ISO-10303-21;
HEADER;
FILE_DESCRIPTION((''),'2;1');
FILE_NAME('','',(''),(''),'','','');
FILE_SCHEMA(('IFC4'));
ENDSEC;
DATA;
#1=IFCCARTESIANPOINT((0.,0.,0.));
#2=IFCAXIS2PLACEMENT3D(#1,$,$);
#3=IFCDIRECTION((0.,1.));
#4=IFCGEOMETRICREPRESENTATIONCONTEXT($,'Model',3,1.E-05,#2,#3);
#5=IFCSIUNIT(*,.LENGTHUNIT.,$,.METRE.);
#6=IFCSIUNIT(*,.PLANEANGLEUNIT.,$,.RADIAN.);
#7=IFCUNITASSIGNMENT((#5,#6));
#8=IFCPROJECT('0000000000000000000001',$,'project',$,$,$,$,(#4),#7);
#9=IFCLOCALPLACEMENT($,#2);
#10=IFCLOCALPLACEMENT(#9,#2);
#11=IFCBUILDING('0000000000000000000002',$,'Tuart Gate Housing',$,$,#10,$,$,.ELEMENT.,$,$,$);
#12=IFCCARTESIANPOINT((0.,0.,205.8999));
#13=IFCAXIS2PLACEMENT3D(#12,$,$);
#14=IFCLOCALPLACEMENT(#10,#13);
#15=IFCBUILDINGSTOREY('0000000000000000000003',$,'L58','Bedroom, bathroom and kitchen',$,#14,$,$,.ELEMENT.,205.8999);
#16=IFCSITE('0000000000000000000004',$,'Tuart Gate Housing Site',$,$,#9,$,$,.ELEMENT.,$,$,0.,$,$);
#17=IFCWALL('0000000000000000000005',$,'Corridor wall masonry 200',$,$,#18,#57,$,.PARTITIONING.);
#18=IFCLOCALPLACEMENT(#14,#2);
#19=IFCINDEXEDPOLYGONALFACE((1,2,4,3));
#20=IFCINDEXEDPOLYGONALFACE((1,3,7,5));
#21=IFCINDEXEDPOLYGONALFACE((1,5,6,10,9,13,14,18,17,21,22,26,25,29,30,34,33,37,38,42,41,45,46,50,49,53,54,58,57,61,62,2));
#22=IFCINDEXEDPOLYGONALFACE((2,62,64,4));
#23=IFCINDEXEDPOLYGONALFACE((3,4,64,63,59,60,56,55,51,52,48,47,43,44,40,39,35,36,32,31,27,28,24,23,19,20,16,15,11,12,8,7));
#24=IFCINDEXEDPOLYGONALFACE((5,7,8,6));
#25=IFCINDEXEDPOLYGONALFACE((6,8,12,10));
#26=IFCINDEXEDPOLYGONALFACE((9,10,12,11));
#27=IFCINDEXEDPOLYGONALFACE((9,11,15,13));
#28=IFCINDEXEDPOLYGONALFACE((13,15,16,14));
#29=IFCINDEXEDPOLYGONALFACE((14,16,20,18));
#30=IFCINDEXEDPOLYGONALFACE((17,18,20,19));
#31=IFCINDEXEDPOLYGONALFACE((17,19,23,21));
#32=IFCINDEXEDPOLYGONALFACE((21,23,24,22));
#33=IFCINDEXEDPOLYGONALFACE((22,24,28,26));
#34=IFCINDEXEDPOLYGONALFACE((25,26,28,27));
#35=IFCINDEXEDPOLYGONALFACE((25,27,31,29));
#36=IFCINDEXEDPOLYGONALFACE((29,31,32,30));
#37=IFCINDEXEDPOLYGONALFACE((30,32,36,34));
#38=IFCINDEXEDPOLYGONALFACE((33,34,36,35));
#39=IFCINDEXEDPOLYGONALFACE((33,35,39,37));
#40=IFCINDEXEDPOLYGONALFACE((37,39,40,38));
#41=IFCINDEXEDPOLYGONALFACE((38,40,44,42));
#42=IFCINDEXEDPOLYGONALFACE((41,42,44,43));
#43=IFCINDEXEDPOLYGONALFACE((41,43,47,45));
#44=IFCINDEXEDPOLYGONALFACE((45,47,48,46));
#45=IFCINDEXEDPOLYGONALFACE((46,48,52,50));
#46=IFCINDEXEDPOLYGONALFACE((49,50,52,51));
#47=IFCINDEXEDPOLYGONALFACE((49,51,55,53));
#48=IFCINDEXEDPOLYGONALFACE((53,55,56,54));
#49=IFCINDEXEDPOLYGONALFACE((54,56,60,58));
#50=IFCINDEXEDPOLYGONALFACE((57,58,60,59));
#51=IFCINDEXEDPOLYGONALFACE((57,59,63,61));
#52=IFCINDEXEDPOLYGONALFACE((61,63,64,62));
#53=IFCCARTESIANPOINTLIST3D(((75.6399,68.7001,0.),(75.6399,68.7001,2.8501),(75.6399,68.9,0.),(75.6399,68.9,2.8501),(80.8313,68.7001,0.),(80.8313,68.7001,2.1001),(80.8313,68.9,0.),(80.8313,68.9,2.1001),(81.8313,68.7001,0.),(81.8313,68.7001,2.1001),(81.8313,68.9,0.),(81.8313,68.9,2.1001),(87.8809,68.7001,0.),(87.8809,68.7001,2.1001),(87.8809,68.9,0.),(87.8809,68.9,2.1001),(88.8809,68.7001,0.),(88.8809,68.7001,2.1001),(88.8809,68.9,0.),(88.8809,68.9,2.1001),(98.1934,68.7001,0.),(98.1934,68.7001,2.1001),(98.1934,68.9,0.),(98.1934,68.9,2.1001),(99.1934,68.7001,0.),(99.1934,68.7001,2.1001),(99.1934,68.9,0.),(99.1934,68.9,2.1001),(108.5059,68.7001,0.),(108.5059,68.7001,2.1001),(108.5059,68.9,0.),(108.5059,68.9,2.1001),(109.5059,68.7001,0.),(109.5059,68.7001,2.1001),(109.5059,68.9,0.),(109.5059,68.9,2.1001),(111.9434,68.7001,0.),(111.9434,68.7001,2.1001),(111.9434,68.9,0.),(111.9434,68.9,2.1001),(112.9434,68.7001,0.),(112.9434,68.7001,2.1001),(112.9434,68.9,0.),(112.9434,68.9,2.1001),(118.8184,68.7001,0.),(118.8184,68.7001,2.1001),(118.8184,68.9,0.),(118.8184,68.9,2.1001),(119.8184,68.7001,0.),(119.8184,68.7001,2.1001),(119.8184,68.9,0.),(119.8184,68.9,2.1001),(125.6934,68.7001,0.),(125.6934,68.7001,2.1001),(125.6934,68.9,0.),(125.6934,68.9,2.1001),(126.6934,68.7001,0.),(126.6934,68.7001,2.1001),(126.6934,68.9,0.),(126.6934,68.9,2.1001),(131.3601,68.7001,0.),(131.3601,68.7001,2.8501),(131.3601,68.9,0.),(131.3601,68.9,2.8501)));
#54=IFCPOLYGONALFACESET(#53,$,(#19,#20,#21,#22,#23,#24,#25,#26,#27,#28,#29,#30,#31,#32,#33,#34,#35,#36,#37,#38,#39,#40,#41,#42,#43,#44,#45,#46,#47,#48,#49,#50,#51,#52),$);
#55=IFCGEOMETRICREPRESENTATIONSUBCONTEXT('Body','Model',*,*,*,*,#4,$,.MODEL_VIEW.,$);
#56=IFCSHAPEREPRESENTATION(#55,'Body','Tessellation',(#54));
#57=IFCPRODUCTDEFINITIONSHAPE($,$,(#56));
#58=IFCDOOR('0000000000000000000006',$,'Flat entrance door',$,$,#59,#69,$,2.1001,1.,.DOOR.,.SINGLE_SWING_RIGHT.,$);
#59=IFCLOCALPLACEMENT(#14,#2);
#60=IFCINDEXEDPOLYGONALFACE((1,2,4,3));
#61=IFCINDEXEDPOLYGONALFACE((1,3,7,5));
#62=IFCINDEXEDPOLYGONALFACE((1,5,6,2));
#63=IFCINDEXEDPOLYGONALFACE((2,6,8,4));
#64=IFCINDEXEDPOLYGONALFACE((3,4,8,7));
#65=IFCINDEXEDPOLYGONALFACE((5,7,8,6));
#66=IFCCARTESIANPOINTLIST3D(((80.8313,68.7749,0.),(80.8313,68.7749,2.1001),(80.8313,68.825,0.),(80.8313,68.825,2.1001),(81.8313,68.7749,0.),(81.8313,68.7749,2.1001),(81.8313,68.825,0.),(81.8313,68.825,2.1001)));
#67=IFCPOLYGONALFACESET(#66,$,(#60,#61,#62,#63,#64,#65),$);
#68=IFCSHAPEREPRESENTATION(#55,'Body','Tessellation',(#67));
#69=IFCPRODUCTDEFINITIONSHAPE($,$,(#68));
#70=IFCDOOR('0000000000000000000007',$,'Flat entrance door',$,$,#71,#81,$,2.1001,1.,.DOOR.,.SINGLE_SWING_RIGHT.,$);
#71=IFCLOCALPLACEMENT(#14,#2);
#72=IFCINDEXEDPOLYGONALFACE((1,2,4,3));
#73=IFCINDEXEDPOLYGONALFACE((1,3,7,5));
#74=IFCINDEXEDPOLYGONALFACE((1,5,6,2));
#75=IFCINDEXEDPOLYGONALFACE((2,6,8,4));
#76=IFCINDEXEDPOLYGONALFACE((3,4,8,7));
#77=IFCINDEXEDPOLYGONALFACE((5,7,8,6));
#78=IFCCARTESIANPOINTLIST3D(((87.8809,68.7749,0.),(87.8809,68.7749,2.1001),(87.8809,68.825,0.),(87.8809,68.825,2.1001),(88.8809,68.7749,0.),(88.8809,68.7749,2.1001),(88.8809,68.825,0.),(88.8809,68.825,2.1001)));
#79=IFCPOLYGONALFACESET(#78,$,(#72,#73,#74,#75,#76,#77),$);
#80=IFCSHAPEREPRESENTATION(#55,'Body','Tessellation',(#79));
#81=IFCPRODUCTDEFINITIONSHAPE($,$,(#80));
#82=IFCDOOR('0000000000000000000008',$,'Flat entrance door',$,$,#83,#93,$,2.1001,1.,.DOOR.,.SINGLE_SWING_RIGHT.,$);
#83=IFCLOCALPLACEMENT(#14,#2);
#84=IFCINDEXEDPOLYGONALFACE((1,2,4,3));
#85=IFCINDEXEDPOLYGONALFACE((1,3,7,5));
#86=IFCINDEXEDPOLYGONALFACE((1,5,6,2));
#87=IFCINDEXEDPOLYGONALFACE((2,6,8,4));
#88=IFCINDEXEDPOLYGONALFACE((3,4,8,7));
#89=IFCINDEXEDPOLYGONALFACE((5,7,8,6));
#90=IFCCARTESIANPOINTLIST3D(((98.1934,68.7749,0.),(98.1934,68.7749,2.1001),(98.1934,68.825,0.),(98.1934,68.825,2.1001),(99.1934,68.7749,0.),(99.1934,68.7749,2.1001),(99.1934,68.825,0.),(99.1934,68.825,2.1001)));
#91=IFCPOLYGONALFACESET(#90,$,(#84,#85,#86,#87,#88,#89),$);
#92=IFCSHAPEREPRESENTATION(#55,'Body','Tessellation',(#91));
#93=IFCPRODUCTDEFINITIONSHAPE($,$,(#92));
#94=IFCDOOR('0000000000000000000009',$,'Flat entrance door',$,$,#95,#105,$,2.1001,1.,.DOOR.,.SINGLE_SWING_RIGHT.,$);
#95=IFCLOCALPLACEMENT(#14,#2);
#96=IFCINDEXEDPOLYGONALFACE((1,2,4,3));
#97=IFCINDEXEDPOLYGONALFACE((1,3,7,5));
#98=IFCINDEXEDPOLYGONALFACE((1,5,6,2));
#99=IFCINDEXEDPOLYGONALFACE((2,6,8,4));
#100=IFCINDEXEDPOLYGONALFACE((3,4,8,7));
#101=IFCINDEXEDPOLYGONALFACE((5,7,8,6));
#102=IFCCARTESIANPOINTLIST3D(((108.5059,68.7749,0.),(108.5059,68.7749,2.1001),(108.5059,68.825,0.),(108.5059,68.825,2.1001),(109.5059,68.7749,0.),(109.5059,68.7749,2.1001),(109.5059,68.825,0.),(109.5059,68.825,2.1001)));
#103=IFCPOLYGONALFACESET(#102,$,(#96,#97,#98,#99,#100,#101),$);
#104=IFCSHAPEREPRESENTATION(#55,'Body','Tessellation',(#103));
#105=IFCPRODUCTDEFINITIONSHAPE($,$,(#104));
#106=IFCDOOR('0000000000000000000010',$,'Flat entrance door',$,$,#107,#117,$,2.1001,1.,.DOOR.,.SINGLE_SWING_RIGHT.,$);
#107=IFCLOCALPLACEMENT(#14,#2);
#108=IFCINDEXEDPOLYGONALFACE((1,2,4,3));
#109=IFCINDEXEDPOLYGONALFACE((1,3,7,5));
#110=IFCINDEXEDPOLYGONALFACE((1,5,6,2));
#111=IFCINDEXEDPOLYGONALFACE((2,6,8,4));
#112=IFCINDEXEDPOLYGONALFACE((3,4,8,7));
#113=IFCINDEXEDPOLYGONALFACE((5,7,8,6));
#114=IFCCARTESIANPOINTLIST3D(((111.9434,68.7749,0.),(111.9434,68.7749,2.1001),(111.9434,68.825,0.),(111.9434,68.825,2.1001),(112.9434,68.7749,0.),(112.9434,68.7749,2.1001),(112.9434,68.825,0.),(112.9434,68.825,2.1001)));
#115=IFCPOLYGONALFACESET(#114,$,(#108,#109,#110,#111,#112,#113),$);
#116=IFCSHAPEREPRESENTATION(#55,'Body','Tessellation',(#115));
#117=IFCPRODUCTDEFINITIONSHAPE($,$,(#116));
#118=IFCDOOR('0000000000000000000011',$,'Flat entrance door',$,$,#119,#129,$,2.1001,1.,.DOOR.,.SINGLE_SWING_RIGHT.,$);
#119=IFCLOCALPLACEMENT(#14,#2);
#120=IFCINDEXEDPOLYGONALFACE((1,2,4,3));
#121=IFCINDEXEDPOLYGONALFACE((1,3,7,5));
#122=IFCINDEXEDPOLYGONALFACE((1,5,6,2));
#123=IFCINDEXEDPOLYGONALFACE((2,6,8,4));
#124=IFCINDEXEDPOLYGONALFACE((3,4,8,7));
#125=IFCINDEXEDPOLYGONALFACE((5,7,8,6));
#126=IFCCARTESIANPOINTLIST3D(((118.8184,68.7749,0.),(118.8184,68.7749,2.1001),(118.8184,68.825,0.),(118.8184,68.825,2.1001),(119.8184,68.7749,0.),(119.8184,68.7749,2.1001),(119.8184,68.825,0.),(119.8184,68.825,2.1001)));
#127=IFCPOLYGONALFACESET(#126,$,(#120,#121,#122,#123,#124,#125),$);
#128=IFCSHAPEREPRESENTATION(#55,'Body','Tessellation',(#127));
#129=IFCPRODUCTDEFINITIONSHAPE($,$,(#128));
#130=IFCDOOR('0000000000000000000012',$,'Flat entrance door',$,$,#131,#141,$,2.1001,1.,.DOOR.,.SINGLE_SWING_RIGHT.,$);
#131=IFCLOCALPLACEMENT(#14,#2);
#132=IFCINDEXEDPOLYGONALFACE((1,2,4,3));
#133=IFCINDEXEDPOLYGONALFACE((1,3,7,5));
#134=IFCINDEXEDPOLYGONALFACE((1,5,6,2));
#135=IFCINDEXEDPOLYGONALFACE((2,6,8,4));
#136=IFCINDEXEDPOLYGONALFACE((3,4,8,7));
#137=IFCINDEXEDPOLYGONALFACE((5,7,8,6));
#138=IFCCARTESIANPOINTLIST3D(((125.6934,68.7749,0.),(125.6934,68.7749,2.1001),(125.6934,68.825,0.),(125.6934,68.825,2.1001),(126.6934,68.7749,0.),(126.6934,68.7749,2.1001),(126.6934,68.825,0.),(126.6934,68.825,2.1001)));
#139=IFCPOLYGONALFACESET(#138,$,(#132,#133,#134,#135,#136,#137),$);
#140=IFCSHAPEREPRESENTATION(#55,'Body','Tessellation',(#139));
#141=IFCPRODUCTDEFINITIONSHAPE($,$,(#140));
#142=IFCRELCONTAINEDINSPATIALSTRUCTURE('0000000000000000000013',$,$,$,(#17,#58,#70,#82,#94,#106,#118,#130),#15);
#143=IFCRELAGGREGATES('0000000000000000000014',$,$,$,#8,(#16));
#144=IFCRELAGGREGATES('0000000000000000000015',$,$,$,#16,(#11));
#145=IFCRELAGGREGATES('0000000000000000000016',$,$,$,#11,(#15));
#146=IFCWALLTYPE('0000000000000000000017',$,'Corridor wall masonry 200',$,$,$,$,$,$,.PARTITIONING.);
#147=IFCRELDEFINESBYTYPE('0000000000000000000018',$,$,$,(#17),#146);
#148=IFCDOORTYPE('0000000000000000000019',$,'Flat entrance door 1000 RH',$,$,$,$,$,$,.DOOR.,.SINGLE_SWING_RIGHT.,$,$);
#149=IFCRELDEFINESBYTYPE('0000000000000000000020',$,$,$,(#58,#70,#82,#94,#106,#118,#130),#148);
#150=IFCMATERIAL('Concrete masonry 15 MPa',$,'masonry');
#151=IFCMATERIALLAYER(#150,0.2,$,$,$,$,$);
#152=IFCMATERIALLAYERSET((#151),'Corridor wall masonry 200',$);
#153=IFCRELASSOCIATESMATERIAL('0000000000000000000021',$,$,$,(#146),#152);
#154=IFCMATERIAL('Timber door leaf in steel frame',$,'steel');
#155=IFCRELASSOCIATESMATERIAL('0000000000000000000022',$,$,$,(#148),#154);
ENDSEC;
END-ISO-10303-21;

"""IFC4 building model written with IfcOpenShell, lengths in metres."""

from ifc_helpers import new_model, si_unit, direction, frame, frame_2d, origin, place, context, subcontext, project, spatial, rectangle, extrude, material, layer, layer_set, type_object, element, fill, save


model = new_model("IFC4")

# Units and contexts
model_context = context("Model", 3, precision=1e-05, world=origin(), true_north=direction((0.0, 1.0)))
body_context = subcontext(model_context, "Body", "Model", "MODEL_VIEW")
ifc_project = project(units=[si_unit("LENGTHUNIT", "METRE"), si_unit("PLANEANGLEUNIT", "RADIAN")], contexts=[model_context])

# Site, building, storey
site_placement = place(None, origin())
site = spatial("IfcSite", under=ifc_project, at=site_placement, Name="Tuart Gate Housing Site", CompositionType="ELEMENT", RefElevation=0.0)
building_placement = place(site_placement, origin())
building = spatial("IfcBuilding", under=site, at=building_placement, Name="Tuart Gate Housing", CompositionType="ELEMENT")
storey_placement = place(building_placement, frame((0.0, 0.0, 205.8999)))
storey = spatial("IfcBuildingStorey", under=building, at=storey_placement, Name="L58", Description="Bedroom, bathroom and kitchen", CompositionType="ELEMENT", Elevation=205.8999)

# Wall, openings, doors
ifc_material_1 = material(Name="Concrete masonry 15 MPa", Category="masonry")
ifc_layer_1 = layer(ifc_material_1, 0.2)
ifc_layer_set_1 = layer_set([ifc_layer_1], Name="Corridor wall masonry 200")
wall_type_1 = type_object("IfcWallType", Name="Corridor wall masonry 200", PredefinedType="PARTITIONING", material=ifc_layer_set_1)
wall_1_placement = place(storey_placement, frame((75.6399, 68.8, 0.0), z_axis=(0.0, 0.0, 1.0), x_axis=(1.0, 0.0, 0.0)))
wall_1 = element("IfcWall", 1, at=wall_1_placement, inside=storey, type_object=wall_type_1, Name="Corridor wall masonry 200", PredefinedType="PARTITIONING", context=body_context, shape_type="SweptSolid", body=[
    extrude(rectangle(XDim=55.7202, YDim=0.2, at=frame_2d((27.8601, 0.0))), origin(), (0.0, 0.0, 1.0), 2.8501),
])
opening_1_placement = place(wall_1_placement, frame((5.1914, 0.0, 0.0)))
opening_1 = element("IfcOpeningElement", 2, at=opening_1_placement, cuts=wall_1, PredefinedType="OPENING", context=body_context, shape_type="SweptSolid", body=[
    extrude(rectangle(XDim=1.0, YDim=2.1001, at=frame_2d((0.5, 1.05))), frame((0.0, 0.1099, 0.0), z_axis=(0.0, -1.0, 0.0), x_axis=(1.0, 0.0, 0.0)), (0.0, 0.0, 1.0), 0.22),
])
opening_2_placement = place(wall_1_placement, frame((12.241, 0.0, 0.0)))
opening_2 = element("IfcOpeningElement", 3, at=opening_2_placement, cuts=wall_1, PredefinedType="OPENING", context=body_context, shape_type="SweptSolid", body=[
    extrude(rectangle(XDim=1.0, YDim=2.1001, at=frame_2d((0.5, 1.05))), frame((0.0, 0.1099, 0.0), z_axis=(0.0, -1.0, 0.0), x_axis=(1.0, 0.0, 0.0)), (0.0, 0.0, 1.0), 0.22),
])
opening_3_placement = place(wall_1_placement, frame((22.5535, 0.0, 0.0)))
opening_3 = element("IfcOpeningElement", 4, at=opening_3_placement, cuts=wall_1, PredefinedType="OPENING", context=body_context, shape_type="SweptSolid", body=[
    extrude(rectangle(XDim=1.0, YDim=2.1001, at=frame_2d((0.5, 1.05))), frame((0.0, 0.1099, 0.0), z_axis=(0.0, -1.0, 0.0), x_axis=(1.0, 0.0, 0.0)), (0.0, 0.0, 1.0), 0.22),
])
opening_4_placement = place(wall_1_placement, frame((32.866, 0.0, 0.0)))
opening_4 = element("IfcOpeningElement", 5, at=opening_4_placement, cuts=wall_1, PredefinedType="OPENING", context=body_context, shape_type="SweptSolid", body=[
    extrude(rectangle(XDim=1.0, YDim=2.1001, at=frame_2d((0.5, 1.05))), frame((0.0, 0.1099, 0.0), z_axis=(0.0, -1.0, 0.0), x_axis=(1.0, 0.0, 0.0)), (0.0, 0.0, 1.0), 0.22),
])
opening_5_placement = place(wall_1_placement, frame((36.3035, 0.0, 0.0)))
opening_5 = element("IfcOpeningElement", 6, at=opening_5_placement, cuts=wall_1, PredefinedType="OPENING", context=body_context, shape_type="SweptSolid", body=[
    extrude(rectangle(XDim=1.0, YDim=2.1001, at=frame_2d((0.5, 1.05))), frame((0.0, 0.1099, 0.0), z_axis=(0.0, -1.0, 0.0), x_axis=(1.0, 0.0, 0.0)), (0.0, 0.0, 1.0), 0.22),
])
opening_6_placement = place(wall_1_placement, frame((43.1785, 0.0, 0.0)))
opening_6 = element("IfcOpeningElement", 7, at=opening_6_placement, cuts=wall_1, PredefinedType="OPENING", context=body_context, shape_type="SweptSolid", body=[
    extrude(rectangle(XDim=1.0, YDim=2.1001, at=frame_2d((0.5, 1.05))), frame((0.0, 0.1099, 0.0), z_axis=(0.0, -1.0, 0.0), x_axis=(1.0, 0.0, 0.0)), (0.0, 0.0, 1.0), 0.22),
])
opening_7_placement = place(wall_1_placement, frame((50.0535, 0.0, 0.0)))
opening_7 = element("IfcOpeningElement", 8, at=opening_7_placement, cuts=wall_1, PredefinedType="OPENING", context=body_context, shape_type="SweptSolid", body=[
    extrude(rectangle(XDim=1.0, YDim=2.1001, at=frame_2d((0.5, 1.05))), frame((0.0, 0.1099, 0.0), z_axis=(0.0, -1.0, 0.0), x_axis=(1.0, 0.0, 0.0)), (0.0, 0.0, 1.0), 0.22),
])
ifc_material_2 = material(Name="Timber door leaf in steel frame", Category="steel")
door_type_1 = type_object("IfcDoorType", Name="Flat entrance door 1000 RH", OperationType="SINGLE_SWING_RIGHT", PredefinedType="DOOR", material=ifc_material_2)
door_1_placement = place(opening_1_placement, frame((1.0, 0.0, 0.0), z_axis=(0.0, 0.0, 1.0), x_axis=(-1.0, 0.0, 0.0)))
door_1 = element("IfcDoor", 9, at=door_1_placement, inside=storey, type_object=door_type_1, Name="Flat entrance door", OperationType="SINGLE_SWING_RIGHT", OverallHeight=2.1001, OverallWidth=1.0, PredefinedType="DOOR", context=body_context, shape_type="SweptSolid", body=[
    extrude(rectangle(XDim=1.0, YDim=2.1001, at=frame_2d((0.5, 1.05))), frame((0.0, 0.0251, 0.0), z_axis=(0.0, -1.0, 0.0), x_axis=(1.0, 0.0, 0.0)), (0.0, 0.0, 1.0), 0.05),
])
fill(opening_1, door_1)
door_2_placement = place(opening_2_placement, frame((1.0, 0.0, 0.0), z_axis=(0.0, 0.0, 1.0), x_axis=(-1.0, 0.0, 0.0)))
door_2 = element("IfcDoor", 10, at=door_2_placement, inside=storey, type_object=door_type_1, Name="Flat entrance door", OperationType="SINGLE_SWING_RIGHT", OverallHeight=2.1001, OverallWidth=1.0, PredefinedType="DOOR", context=body_context, shape_type="SweptSolid", body=[
    extrude(rectangle(XDim=1.0, YDim=2.1001, at=frame_2d((0.5, 1.05))), frame((0.0, 0.0251, 0.0), z_axis=(0.0, -1.0, 0.0), x_axis=(1.0, 0.0, 0.0)), (0.0, 0.0, 1.0), 0.05),
])
fill(opening_2, door_2)
door_3_placement = place(opening_3_placement, frame((1.0, 0.0, 0.0), z_axis=(0.0, 0.0, 1.0), x_axis=(-1.0, 0.0, 0.0)))
door_3 = element("IfcDoor", 11, at=door_3_placement, inside=storey, type_object=door_type_1, Name="Flat entrance door", OperationType="SINGLE_SWING_RIGHT", OverallHeight=2.1001, OverallWidth=1.0, PredefinedType="DOOR", context=body_context, shape_type="SweptSolid", body=[
    extrude(rectangle(XDim=1.0, YDim=2.1001, at=frame_2d((0.5, 1.05))), frame((0.0, 0.0251, 0.0), z_axis=(0.0, -1.0, 0.0), x_axis=(1.0, 0.0, 0.0)), (0.0, 0.0, 1.0), 0.05),
])
fill(opening_3, door_3)
door_4_placement = place(opening_4_placement, frame((1.0, 0.0, 0.0), z_axis=(0.0, 0.0, 1.0), x_axis=(-1.0, 0.0, 0.0)))
door_4 = element("IfcDoor", 12, at=door_4_placement, inside=storey, type_object=door_type_1, Name="Flat entrance door", OperationType="SINGLE_SWING_RIGHT", OverallHeight=2.1001, OverallWidth=1.0, PredefinedType="DOOR", context=body_context, shape_type="SweptSolid", body=[
    extrude(rectangle(XDim=1.0, YDim=2.1001, at=frame_2d((0.5, 1.05))), frame((0.0, 0.0251, 0.0), z_axis=(0.0, -1.0, 0.0), x_axis=(1.0, 0.0, 0.0)), (0.0, 0.0, 1.0), 0.05),
])
fill(opening_4, door_4)
door_5_placement = place(opening_5_placement, frame((1.0, 0.0, 0.0), z_axis=(0.0, 0.0, 1.0), x_axis=(-1.0, 0.0, 0.0)))
door_5 = element("IfcDoor", 13, at=door_5_placement, inside=storey, type_object=door_type_1, Name="Flat entrance door", OperationType="SINGLE_SWING_RIGHT", OverallHeight=2.1001, OverallWidth=1.0, PredefinedType="DOOR", context=body_context, shape_type="SweptSolid", body=[
    extrude(rectangle(XDim=1.0, YDim=2.1001, at=frame_2d((0.5, 1.05))), frame((0.0, 0.0251, 0.0), z_axis=(0.0, -1.0, 0.0), x_axis=(1.0, 0.0, 0.0)), (0.0, 0.0, 1.0), 0.05),
])
fill(opening_5, door_5)
door_6_placement = place(opening_6_placement, frame((1.0, 0.0, 0.0), z_axis=(0.0, 0.0, 1.0), x_axis=(-1.0, 0.0, 0.0)))
door_6 = element("IfcDoor", 14, at=door_6_placement, inside=storey, type_object=door_type_1, Name="Flat entrance door", OperationType="SINGLE_SWING_RIGHT", OverallHeight=2.1001, OverallWidth=1.0, PredefinedType="DOOR", context=body_context, shape_type="SweptSolid", body=[
    extrude(rectangle(XDim=1.0, YDim=2.1001, at=frame_2d((0.5, 1.05))), frame((0.0, 0.0251, 0.0), z_axis=(0.0, -1.0, 0.0), x_axis=(1.0, 0.0, 0.0)), (0.0, 0.0, 1.0), 0.05),
])
fill(opening_6, door_6)
door_7_placement = place(opening_7_placement, frame((1.0, 0.0, 0.0), z_axis=(0.0, 0.0, 1.0), x_axis=(-1.0, 0.0, 0.0)))
door_7 = element("IfcDoor", 15, at=door_7_placement, inside=storey, type_object=door_type_1, Name="Flat entrance door", OperationType="SINGLE_SWING_RIGHT", OverallHeight=2.1001, OverallWidth=1.0, PredefinedType="DOOR", context=body_context, shape_type="SweptSolid", body=[
    extrude(rectangle(XDim=1.0, YDim=2.1001, at=frame_2d((0.5, 1.05))), frame((0.0, 0.0251, 0.0), z_axis=(0.0, -1.0, 0.0), x_axis=(1.0, 0.0, 0.0)), (0.0, 0.0, 1.0), 0.05),
])
fill(opening_7, door_7)

save(model, "model.ifc")
